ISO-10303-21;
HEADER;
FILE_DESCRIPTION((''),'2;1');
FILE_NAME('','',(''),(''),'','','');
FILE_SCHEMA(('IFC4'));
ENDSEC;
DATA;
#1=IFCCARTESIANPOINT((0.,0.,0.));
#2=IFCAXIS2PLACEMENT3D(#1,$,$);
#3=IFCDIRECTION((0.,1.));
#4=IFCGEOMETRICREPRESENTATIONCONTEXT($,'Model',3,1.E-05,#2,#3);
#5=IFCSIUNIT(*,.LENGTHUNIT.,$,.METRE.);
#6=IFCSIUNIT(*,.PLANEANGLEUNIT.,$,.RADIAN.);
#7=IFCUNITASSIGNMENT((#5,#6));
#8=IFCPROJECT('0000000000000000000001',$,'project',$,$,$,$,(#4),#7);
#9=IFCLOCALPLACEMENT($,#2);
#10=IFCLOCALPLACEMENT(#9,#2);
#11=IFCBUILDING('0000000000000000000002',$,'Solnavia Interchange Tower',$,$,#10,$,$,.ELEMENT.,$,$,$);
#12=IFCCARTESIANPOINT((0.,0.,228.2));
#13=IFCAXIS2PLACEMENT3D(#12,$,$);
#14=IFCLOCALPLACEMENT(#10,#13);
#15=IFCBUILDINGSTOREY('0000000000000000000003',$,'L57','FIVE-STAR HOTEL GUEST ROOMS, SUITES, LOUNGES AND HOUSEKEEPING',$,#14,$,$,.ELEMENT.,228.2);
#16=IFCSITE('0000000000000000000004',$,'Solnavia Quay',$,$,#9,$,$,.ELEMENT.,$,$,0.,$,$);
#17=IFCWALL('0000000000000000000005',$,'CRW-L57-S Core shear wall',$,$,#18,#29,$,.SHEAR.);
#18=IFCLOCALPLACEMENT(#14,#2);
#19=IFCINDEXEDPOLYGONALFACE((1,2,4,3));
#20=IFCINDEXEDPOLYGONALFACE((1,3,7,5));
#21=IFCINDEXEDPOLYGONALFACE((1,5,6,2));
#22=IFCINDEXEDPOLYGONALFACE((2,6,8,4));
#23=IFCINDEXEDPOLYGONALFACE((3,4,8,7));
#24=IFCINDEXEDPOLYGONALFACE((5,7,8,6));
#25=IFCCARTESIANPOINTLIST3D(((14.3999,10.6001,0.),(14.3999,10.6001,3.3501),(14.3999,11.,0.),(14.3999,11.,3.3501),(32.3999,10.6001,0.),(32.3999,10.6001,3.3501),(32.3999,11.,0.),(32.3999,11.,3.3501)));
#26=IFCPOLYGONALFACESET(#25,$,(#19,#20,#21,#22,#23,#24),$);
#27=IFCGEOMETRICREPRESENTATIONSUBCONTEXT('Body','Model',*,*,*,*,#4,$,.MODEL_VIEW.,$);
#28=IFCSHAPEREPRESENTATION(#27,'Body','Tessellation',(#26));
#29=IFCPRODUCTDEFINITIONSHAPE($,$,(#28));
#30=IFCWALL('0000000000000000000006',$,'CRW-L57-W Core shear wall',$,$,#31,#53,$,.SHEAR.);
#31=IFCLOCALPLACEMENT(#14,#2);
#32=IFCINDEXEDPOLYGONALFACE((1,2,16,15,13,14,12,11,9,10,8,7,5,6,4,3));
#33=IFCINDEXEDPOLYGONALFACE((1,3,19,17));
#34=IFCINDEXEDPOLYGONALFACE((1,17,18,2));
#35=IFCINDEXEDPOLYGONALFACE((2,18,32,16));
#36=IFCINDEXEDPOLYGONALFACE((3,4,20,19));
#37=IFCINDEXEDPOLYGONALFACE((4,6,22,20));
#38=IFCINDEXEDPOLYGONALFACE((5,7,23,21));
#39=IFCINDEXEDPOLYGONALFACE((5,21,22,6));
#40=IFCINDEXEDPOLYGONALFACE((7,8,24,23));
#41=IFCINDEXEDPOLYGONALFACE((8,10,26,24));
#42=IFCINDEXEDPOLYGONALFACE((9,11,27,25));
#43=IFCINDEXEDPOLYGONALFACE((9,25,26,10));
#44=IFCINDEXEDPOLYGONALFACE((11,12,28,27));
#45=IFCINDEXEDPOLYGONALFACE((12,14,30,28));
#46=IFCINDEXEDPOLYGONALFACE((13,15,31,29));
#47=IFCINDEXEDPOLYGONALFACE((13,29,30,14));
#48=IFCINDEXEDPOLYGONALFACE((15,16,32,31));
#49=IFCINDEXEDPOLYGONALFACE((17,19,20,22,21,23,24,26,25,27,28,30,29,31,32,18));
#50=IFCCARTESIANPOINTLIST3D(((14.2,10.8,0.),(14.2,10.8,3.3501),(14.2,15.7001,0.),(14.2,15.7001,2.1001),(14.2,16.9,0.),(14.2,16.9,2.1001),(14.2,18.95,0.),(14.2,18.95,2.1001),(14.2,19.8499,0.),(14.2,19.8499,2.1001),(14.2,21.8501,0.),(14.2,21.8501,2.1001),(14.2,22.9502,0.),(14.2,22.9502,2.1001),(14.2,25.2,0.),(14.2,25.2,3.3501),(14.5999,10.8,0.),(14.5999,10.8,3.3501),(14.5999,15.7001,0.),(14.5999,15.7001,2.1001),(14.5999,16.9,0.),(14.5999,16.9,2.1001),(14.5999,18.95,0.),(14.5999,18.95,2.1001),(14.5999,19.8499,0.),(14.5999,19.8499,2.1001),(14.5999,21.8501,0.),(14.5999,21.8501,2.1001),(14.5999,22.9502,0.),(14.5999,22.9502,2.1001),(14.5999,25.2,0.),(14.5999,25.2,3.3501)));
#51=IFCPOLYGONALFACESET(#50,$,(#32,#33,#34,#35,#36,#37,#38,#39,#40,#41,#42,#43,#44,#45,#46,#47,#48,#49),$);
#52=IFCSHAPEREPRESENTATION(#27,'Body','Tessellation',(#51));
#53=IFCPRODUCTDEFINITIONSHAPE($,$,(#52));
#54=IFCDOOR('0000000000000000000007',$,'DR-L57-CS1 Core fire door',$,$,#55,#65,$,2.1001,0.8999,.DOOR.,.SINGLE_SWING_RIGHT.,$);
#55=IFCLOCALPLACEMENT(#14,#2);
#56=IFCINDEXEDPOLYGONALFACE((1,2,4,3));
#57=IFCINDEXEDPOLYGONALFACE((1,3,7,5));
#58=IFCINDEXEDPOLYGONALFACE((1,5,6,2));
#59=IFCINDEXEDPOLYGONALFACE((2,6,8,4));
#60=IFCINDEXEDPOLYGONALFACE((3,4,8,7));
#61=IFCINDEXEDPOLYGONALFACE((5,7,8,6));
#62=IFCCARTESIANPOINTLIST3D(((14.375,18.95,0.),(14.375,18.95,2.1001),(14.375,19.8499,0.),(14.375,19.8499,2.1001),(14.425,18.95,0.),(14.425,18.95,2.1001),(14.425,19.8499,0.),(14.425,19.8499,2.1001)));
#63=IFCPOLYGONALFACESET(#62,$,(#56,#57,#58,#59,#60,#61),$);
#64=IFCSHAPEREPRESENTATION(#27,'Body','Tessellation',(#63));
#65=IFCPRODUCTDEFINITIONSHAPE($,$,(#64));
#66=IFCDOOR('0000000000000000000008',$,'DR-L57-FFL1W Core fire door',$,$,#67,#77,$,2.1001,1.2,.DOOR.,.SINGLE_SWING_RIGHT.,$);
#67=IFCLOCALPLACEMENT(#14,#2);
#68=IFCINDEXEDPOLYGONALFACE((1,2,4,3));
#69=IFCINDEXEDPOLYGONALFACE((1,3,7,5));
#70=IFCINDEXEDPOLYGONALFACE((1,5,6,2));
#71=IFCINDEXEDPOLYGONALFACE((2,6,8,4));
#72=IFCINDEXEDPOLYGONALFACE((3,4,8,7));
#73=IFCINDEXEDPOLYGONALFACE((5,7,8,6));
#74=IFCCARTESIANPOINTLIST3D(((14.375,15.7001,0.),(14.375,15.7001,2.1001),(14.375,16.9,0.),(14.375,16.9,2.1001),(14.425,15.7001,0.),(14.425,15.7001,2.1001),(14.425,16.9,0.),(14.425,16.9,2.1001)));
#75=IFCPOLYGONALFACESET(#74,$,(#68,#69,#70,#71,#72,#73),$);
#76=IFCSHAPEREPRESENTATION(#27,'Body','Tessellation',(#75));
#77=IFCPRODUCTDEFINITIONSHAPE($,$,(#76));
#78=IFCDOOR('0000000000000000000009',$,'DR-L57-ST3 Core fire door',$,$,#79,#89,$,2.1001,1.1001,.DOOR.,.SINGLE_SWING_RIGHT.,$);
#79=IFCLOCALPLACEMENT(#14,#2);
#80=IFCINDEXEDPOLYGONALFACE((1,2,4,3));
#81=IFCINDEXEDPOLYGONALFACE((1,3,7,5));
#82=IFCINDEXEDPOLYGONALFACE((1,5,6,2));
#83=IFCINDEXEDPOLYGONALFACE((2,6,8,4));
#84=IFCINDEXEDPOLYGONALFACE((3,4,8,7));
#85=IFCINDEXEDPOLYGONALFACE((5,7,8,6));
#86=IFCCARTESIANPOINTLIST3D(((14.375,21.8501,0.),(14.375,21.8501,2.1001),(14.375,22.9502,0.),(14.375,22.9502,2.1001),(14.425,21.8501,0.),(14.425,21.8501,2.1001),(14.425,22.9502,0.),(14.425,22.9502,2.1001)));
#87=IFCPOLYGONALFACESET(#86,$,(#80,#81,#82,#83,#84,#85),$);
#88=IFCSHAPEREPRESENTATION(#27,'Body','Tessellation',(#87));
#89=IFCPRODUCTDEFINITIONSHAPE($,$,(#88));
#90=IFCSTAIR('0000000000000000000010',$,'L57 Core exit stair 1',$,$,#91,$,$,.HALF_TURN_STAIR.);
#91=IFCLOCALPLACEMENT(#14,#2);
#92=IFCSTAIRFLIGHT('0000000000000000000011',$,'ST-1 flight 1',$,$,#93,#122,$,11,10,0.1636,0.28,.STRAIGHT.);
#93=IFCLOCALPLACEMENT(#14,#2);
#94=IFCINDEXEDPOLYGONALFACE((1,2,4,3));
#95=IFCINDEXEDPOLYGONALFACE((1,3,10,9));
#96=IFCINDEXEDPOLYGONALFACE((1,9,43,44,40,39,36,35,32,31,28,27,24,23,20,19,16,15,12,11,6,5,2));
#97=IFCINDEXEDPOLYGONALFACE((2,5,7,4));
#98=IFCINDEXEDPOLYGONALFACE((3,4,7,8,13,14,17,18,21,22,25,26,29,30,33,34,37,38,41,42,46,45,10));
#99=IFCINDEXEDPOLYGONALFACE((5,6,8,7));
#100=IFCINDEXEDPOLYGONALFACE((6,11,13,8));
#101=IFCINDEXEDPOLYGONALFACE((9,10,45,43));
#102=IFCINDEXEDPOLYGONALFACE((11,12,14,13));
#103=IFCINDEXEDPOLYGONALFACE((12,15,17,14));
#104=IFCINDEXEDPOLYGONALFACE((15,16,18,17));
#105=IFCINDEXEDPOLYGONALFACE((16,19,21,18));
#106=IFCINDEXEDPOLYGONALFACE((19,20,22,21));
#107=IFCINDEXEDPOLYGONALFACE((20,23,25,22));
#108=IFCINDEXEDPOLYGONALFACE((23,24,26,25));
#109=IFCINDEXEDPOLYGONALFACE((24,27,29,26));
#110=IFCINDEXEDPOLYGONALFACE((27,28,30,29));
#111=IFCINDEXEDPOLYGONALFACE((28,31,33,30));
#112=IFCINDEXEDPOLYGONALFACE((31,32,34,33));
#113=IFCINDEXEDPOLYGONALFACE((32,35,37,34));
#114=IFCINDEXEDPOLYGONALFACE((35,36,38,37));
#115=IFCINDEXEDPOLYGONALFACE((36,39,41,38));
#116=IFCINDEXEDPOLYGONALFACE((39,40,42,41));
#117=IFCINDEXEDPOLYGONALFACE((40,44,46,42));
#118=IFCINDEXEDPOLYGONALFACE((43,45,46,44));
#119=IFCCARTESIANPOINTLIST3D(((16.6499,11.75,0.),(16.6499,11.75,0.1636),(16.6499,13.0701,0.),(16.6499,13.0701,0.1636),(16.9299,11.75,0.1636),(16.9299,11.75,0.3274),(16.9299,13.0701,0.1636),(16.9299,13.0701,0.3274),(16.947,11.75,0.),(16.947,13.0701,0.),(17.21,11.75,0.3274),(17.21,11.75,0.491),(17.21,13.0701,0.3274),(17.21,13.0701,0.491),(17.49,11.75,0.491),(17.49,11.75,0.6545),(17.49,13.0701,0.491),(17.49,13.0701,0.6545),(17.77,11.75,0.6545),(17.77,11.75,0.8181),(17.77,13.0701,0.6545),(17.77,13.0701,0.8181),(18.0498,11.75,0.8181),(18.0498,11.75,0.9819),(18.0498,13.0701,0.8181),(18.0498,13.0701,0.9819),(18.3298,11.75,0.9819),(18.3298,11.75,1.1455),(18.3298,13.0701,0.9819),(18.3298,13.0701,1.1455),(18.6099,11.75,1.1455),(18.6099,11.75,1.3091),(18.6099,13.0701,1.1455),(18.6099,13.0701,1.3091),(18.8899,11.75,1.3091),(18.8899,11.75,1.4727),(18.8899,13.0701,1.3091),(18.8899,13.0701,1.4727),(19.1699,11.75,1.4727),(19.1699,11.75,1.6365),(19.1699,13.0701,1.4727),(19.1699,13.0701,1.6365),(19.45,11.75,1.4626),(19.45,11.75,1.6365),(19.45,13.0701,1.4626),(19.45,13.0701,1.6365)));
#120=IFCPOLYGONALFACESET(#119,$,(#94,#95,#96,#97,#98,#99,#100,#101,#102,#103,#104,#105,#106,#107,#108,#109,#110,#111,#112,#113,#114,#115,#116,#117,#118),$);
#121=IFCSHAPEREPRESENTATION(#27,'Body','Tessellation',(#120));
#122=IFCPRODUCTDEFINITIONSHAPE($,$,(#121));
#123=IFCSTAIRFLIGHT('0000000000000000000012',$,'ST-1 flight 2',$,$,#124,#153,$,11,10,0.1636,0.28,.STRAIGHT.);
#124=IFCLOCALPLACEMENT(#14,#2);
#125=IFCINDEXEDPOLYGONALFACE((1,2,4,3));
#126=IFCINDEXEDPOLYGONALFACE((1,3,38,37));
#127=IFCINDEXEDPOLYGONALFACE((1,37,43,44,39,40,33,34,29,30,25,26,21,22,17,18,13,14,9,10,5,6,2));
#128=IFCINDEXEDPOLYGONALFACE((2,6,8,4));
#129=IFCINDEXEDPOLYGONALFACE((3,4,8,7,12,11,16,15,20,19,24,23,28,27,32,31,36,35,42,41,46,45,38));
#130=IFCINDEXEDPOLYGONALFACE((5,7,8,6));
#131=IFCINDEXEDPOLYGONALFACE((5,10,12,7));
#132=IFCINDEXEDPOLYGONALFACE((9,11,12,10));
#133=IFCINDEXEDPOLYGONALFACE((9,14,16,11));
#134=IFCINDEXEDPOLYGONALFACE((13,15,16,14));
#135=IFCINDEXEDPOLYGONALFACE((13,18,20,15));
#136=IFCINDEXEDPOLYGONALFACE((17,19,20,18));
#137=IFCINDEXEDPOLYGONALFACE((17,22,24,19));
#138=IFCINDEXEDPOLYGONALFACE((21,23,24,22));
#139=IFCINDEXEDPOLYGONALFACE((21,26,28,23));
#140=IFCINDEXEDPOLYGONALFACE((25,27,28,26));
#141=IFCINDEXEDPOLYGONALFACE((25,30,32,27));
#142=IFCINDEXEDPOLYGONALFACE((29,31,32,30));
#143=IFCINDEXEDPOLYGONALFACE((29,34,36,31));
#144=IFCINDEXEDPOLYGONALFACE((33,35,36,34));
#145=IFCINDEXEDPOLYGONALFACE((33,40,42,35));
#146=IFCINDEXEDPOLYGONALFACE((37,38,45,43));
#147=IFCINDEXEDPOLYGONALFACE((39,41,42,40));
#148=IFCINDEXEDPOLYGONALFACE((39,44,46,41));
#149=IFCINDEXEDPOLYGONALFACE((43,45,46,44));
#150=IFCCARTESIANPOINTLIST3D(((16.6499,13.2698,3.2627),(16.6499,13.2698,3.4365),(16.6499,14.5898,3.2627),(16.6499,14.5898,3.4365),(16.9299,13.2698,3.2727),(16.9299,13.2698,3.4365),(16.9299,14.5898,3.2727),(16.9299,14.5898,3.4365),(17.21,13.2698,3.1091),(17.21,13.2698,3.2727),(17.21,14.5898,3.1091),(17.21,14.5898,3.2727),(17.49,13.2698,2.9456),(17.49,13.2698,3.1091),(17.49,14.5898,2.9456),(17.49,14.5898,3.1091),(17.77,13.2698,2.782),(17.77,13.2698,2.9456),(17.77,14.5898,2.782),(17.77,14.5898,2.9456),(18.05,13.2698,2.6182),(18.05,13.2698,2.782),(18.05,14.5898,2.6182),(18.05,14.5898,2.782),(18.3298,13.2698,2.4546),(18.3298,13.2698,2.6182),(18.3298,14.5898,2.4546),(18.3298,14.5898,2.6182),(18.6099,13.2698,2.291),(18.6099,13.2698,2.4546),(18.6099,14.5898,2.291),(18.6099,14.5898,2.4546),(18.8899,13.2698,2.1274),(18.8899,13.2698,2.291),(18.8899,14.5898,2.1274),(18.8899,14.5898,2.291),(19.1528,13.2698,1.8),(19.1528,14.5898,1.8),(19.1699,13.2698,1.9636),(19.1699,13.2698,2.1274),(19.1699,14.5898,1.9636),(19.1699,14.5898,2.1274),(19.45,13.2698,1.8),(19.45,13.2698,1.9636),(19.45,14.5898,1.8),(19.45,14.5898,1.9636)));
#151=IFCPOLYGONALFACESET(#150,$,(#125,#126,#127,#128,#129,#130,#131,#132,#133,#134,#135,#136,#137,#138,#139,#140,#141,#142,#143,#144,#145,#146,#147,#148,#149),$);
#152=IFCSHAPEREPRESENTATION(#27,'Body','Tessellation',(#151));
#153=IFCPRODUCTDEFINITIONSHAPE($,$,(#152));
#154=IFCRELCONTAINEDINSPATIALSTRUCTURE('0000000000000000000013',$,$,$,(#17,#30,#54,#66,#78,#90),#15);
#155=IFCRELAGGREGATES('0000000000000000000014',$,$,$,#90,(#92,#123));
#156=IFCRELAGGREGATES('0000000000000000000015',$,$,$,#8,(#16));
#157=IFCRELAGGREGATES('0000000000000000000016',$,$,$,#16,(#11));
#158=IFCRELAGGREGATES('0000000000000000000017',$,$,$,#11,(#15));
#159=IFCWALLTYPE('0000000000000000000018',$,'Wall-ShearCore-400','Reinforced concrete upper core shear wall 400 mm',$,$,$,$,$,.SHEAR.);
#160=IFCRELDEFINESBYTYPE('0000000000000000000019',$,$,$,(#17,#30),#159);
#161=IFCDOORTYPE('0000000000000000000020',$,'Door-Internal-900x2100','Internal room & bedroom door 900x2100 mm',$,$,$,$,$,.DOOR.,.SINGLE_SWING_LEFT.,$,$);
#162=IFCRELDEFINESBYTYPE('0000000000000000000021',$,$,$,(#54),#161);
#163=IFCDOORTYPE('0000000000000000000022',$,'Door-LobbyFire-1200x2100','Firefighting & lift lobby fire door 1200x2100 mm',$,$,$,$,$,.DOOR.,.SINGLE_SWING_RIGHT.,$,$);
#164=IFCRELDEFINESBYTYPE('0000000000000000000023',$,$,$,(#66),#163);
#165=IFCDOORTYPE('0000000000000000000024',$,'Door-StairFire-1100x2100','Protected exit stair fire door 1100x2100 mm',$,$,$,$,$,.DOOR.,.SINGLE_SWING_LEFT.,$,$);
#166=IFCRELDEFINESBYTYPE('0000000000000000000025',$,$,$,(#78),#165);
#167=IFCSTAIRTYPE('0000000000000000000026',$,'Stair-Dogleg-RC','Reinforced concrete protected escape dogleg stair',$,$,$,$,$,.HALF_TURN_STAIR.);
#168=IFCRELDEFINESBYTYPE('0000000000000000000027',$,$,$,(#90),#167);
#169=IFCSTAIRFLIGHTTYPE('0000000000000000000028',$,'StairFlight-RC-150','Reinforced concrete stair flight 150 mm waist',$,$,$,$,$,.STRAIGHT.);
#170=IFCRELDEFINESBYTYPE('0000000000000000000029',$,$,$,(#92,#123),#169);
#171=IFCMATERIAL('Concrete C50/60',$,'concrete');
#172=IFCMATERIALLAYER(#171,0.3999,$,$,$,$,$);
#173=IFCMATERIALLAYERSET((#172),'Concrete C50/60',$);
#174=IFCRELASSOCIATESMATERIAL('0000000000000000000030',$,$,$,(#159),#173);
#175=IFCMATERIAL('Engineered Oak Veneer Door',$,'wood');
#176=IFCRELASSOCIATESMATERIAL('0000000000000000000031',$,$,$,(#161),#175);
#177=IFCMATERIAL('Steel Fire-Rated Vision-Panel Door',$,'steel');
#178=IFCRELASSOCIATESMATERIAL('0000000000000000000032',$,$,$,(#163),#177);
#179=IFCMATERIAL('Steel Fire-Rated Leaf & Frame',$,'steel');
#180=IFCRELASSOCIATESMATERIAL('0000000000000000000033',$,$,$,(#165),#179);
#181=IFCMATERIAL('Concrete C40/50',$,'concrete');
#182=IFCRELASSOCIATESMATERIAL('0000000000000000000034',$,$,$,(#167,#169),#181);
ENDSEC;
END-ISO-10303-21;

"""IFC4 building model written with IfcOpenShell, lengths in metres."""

from ifc_helpers import new_model, si_unit, direction, frame, frame_2d, origin, place, context, subcontext, project, spatial, polyline, rectangle, outline, extrude, material, layer, layer_set, type_object, element, fill, aggregate, save


model = new_model("IFC4")

# Units and contexts
model_context = context("Model", 3, precision=1e-05, world=origin(), true_north=direction((0.0, 1.0)))
body_context = subcontext(model_context, "Body", "Model", "MODEL_VIEW")
ifc_project = project(units=[si_unit("LENGTHUNIT", "METRE"), si_unit("PLANEANGLEUNIT", "RADIAN")], contexts=[model_context])

# Site, building, storey
site_placement = place(None, origin())
site = spatial("IfcSite", under=ifc_project, at=site_placement, Name="Solnavia Quay", CompositionType="ELEMENT", RefElevation=0.0)
building_placement = place(site_placement, origin())
building = spatial("IfcBuilding", under=site, at=building_placement, Name="Solnavia Interchange Tower", CompositionType="ELEMENT")
storey_placement = place(building_placement, frame((0.0, 0.0, 228.2)))
storey = spatial("IfcBuildingStorey", under=building, at=storey_placement, Name="L57", Description="FIVE-STAR HOTEL GUEST ROOMS, SUITES, LOUNGES AND HOUSEKEEPING", CompositionType="ELEMENT", Elevation=228.2)

# Shared definitions
ifc_material_1 = material(Name="Concrete C50/60", Category="concrete")

# Wall
ifc_material_2 = material(Name="Concrete C40/50", Category="concrete")
ifc_layer_1 = layer(ifc_material_1, 0.3999)
ifc_layer_set_1 = layer_set([ifc_layer_1], Name="Concrete C50/60")
wall_type_1 = type_object("IfcWallType", Name="Wall-ShearCore-400", Description="Reinforced concrete upper core shear wall 400 mm", PredefinedType="SHEAR", material=ifc_layer_set_1)
wall_1_placement = place(storey_placement, frame((14.3999, 10.8, 0.0), z_axis=(0.0, 0.0, 1.0), x_axis=(1.0, 0.0, 0.0)))
element("IfcWall", 1, at=wall_1_placement, inside=storey, type_object=wall_type_1, Name="CRW-L57-S Core shear wall", PredefinedType="SHEAR", context=body_context, shape_type="SweptSolid", body=[
    extrude(rectangle(XDim=18.0, YDim=0.3999, at=frame_2d((9.0, 0.0))), origin(), (0.0, 0.0, 1.0), 3.3501),
])

# Wall, openings, doors
wall_2_placement = place(storey_placement, frame((14.3999, 10.8, 0.0), z_axis=(0.0, 0.0, 1.0), x_axis=(0.0, 1.0, 0.0)))
wall_2 = element("IfcWall", 2, at=wall_2_placement, inside=storey, type_object=wall_type_1, Name="CRW-L57-W Core shear wall", PredefinedType="SHEAR", context=body_context, shape_type="SweptSolid", body=[
    extrude(rectangle(XDim=14.3999, YDim=0.3999, at=frame_2d((7.2, 0.0))), origin(), (0.0, 0.0, 1.0), 3.3501),
])
opening_1_placement = place(wall_2_placement, frame((11.05, 0.0, 0.0)))
opening_1 = element("IfcOpeningElement", 3, at=opening_1_placement, cuts=wall_2, PredefinedType="OPENING", context=body_context, shape_type="SweptSolid", body=[
    extrude(rectangle(XDim=1.1001, YDim=2.1001, at=frame_2d((0.55, 1.05))), frame((0.0, 0.21, 0.0), z_axis=(0.0, -1.0, 0.0), x_axis=(1.0, 0.0, 0.0)), (0.0, 0.0, 1.0), 0.4199),
])
opening_2_placement = place(wall_2_placement, frame((4.8999, 0.0, 0.0)))
opening_2 = element("IfcOpeningElement", 4, at=opening_2_placement, cuts=wall_2, PredefinedType="OPENING", context=body_context, shape_type="SweptSolid", body=[
    extrude(rectangle(XDim=1.2, YDim=2.1001, at=frame_2d((0.6001, 1.05))), frame((0.0, 0.21, 0.0), z_axis=(0.0, -1.0, 0.0), x_axis=(1.0, 0.0, 0.0)), (0.0, 0.0, 1.0), 0.4199),
])
opening_3_placement = place(wall_2_placement, frame((8.1499, 0.0, 0.0)))
opening_3 = element("IfcOpeningElement", 5, at=opening_3_placement, cuts=wall_2, PredefinedType="OPENING", context=body_context, shape_type="SweptSolid", body=[
    extrude(rectangle(XDim=0.8999, YDim=2.1001, at=frame_2d((0.45, 1.05))), frame((0.0, 0.21, 0.0), z_axis=(0.0, -1.0, 0.0), x_axis=(1.0, 0.0, 0.0)), (0.0, 0.0, 1.0), 0.4199),
])
ifc_material_3 = material(Name="Engineered Oak Veneer Door", Category="wood")
door_type_1 = type_object("IfcDoorType", Name="Door-Internal-900x2100", Description="Internal room & bedroom door 900x2100 mm", OperationType="SINGLE_SWING_LEFT", PredefinedType="DOOR", material=ifc_material_3)
door_1_placement = place(opening_3_placement, origin())
door_1 = element("IfcDoor", 6, at=door_1_placement, inside=storey, type_object=door_type_1, Name="DR-L57-CS1 Core fire door", OperationType="SINGLE_SWING_RIGHT", OverallHeight=2.1001, OverallWidth=0.8999, PredefinedType="DOOR", context=body_context, shape_type="SweptSolid", body=[
    extrude(rectangle(XDim=0.8999, YDim=2.1001, at=frame_2d((0.45, 1.05))), frame((0.0, 0.0249, 0.0), z_axis=(0.0, -1.0, 0.0), x_axis=(1.0, 0.0, 0.0)), (0.0, 0.0, 1.0), 0.05),
])
fill(opening_3, door_1)
ifc_material_4 = material(Name="Steel Fire-Rated Vision-Panel Door", Category="steel")
door_type_2 = type_object("IfcDoorType", Name="Door-LobbyFire-1200x2100", Description="Firefighting & lift lobby fire door 1200x2100 mm", OperationType="SINGLE_SWING_RIGHT", PredefinedType="DOOR", material=ifc_material_4)
door_2_placement = place(opening_2_placement, origin())
door_2 = element("IfcDoor", 7, at=door_2_placement, inside=storey, type_object=door_type_2, Name="DR-L57-FFL1W Core fire door", OperationType="SINGLE_SWING_RIGHT", OverallHeight=2.1001, OverallWidth=1.2, PredefinedType="DOOR", context=body_context, shape_type="SweptSolid", body=[
    extrude(rectangle(XDim=1.2, YDim=2.1001, at=frame_2d((0.6001, 1.05))), frame((0.0, 0.0249, 0.0), z_axis=(0.0, -1.0, 0.0), x_axis=(1.0, 0.0, 0.0)), (0.0, 0.0, 1.0), 0.05),
])
fill(opening_2, door_2)
ifc_material_5 = material(Name="Steel Fire-Rated Leaf & Frame", Category="steel")
door_type_3 = type_object("IfcDoorType", Name="Door-StairFire-1100x2100", Description="Protected exit stair fire door 1100x2100 mm", OperationType="SINGLE_SWING_LEFT", PredefinedType="DOOR", material=ifc_material_5)
door_3_placement = place(opening_1_placement, origin())
door_3 = element("IfcDoor", 8, at=door_3_placement, inside=storey, type_object=door_type_3, Name="DR-L57-ST3 Core fire door", OperationType="SINGLE_SWING_RIGHT", OverallHeight=2.1001, OverallWidth=1.1001, PredefinedType="DOOR", context=body_context, shape_type="SweptSolid", body=[
    extrude(rectangle(XDim=1.1001, YDim=2.1001, at=frame_2d((0.55, 1.05))), frame((0.0, 0.0249, 0.0), z_axis=(0.0, -1.0, 0.0), x_axis=(1.0, 0.0, 0.0)), (0.0, 0.0, 1.0), 0.05),
])
fill(opening_1, door_3)

# Stair, stair flights
stair_type = type_object("IfcStairType", Name="Stair-Dogleg-RC", Description="Reinforced concrete protected escape dogleg stair", PredefinedType="HALF_TURN_STAIR", material=ifc_material_2)
stair_placement = place(storey_placement, origin())
stair = element("IfcStair", 9, at=stair_placement, inside=storey, type_object=stair_type, Name="L57 Core exit stair 1", PredefinedType="HALF_TURN_STAIR")
stair_flight_type = type_object("IfcStairFlightType", Name="StairFlight-RC-150", Description="Reinforced concrete stair flight 150 mm waist", PredefinedType="STRAIGHT", material=ifc_material_2)
stair_flight_1_placement = place(storey_placement, frame((16.6499, 12.4099, 0.0), z_axis=(0.0, 0.0, 1.0), x_axis=(1.0, 0.0, 0.0)))
stair_flight_1 = element("IfcStairFlight", 10, at=stair_flight_1_placement, type_object=stair_flight_type, Name="ST-1 flight 1", NumberOfRisers=11, NumberOfTreads=10, PredefinedType="STRAIGHT", RiserHeight=0.1636, TreadLength=0.28, context=body_context, shape_type="SweptSolid", body=[
    extrude(outline(polyline([(0.0, 0.0), (0.0, 0.1636), (0.28, 0.1636), (0.28, 0.3274), (0.5601, 0.3274), (0.5601, 0.491), (0.8401, 0.491), (0.8401, 0.6545), (1.1201, 0.6545), (1.1201, 0.8181), (1.3999, 0.8181), (1.3999, 0.9819), (1.6799, 0.9819), (1.6799, 1.1455), (1.96, 1.1455), (1.96, 1.3091), (2.24, 1.3091), (2.24, 1.4727), (2.52, 1.4727), (2.52, 1.6365), (2.8, 1.6365), (2.8, 1.8), (2.8, 1.4626), (0.2971, 0.0), (0.0, 0.0)])), frame((0.0, 0.6602, 0.0), z_axis=(0.0, -1.0, 0.0), x_axis=(1.0, 0.0, 0.0)), (0.0, 0.0, 1.0), 1.3201),
])
stair_flight_2_placement = place(storey_placement, frame((19.45, 13.9299, 1.8), z_axis=(0.0, 0.0, 1.0), x_axis=(-1.0, 0.0, 0.0)))
stair_flight_2 = element("IfcStairFlight", 11, at=stair_flight_2_placement, type_object=stair_flight_type, Name="ST-1 flight 2", NumberOfRisers=11, NumberOfTreads=10, PredefinedType="STRAIGHT", RiserHeight=0.1636, TreadLength=0.28, context=body_context, shape_type="SweptSolid", body=[
    extrude(outline(polyline([(0.0, 0.0), (0.0, 0.1636), (0.28, 0.1636), (0.28, 0.3274), (0.5601, 0.3274), (0.5601, 0.491), (0.8401, 0.491), (0.8401, 0.6545), (1.1201, 0.6545), (1.1201, 0.8181), (1.3999, 0.8181), (1.3999, 0.9819), (1.6799, 0.9819), (1.6799, 1.1455), (1.96, 1.1455), (1.96, 1.3091), (2.24, 1.3091), (2.24, 1.4727), (2.52, 1.4727), (2.52, 1.6365), (2.8, 1.6365), (2.8, 1.8), (2.8, 1.4626), (0.2971, 0.0), (0.0, 0.0)])), frame((0.0, 0.6602, 0.0), z_axis=(0.0, -1.0, 0.0), x_axis=(1.0, 0.0, 0.0)), (0.0, 0.0, 1.0), 1.3201),
])
aggregate(stair, [stair_flight_1, stair_flight_2])

save(model, "model.ifc")
